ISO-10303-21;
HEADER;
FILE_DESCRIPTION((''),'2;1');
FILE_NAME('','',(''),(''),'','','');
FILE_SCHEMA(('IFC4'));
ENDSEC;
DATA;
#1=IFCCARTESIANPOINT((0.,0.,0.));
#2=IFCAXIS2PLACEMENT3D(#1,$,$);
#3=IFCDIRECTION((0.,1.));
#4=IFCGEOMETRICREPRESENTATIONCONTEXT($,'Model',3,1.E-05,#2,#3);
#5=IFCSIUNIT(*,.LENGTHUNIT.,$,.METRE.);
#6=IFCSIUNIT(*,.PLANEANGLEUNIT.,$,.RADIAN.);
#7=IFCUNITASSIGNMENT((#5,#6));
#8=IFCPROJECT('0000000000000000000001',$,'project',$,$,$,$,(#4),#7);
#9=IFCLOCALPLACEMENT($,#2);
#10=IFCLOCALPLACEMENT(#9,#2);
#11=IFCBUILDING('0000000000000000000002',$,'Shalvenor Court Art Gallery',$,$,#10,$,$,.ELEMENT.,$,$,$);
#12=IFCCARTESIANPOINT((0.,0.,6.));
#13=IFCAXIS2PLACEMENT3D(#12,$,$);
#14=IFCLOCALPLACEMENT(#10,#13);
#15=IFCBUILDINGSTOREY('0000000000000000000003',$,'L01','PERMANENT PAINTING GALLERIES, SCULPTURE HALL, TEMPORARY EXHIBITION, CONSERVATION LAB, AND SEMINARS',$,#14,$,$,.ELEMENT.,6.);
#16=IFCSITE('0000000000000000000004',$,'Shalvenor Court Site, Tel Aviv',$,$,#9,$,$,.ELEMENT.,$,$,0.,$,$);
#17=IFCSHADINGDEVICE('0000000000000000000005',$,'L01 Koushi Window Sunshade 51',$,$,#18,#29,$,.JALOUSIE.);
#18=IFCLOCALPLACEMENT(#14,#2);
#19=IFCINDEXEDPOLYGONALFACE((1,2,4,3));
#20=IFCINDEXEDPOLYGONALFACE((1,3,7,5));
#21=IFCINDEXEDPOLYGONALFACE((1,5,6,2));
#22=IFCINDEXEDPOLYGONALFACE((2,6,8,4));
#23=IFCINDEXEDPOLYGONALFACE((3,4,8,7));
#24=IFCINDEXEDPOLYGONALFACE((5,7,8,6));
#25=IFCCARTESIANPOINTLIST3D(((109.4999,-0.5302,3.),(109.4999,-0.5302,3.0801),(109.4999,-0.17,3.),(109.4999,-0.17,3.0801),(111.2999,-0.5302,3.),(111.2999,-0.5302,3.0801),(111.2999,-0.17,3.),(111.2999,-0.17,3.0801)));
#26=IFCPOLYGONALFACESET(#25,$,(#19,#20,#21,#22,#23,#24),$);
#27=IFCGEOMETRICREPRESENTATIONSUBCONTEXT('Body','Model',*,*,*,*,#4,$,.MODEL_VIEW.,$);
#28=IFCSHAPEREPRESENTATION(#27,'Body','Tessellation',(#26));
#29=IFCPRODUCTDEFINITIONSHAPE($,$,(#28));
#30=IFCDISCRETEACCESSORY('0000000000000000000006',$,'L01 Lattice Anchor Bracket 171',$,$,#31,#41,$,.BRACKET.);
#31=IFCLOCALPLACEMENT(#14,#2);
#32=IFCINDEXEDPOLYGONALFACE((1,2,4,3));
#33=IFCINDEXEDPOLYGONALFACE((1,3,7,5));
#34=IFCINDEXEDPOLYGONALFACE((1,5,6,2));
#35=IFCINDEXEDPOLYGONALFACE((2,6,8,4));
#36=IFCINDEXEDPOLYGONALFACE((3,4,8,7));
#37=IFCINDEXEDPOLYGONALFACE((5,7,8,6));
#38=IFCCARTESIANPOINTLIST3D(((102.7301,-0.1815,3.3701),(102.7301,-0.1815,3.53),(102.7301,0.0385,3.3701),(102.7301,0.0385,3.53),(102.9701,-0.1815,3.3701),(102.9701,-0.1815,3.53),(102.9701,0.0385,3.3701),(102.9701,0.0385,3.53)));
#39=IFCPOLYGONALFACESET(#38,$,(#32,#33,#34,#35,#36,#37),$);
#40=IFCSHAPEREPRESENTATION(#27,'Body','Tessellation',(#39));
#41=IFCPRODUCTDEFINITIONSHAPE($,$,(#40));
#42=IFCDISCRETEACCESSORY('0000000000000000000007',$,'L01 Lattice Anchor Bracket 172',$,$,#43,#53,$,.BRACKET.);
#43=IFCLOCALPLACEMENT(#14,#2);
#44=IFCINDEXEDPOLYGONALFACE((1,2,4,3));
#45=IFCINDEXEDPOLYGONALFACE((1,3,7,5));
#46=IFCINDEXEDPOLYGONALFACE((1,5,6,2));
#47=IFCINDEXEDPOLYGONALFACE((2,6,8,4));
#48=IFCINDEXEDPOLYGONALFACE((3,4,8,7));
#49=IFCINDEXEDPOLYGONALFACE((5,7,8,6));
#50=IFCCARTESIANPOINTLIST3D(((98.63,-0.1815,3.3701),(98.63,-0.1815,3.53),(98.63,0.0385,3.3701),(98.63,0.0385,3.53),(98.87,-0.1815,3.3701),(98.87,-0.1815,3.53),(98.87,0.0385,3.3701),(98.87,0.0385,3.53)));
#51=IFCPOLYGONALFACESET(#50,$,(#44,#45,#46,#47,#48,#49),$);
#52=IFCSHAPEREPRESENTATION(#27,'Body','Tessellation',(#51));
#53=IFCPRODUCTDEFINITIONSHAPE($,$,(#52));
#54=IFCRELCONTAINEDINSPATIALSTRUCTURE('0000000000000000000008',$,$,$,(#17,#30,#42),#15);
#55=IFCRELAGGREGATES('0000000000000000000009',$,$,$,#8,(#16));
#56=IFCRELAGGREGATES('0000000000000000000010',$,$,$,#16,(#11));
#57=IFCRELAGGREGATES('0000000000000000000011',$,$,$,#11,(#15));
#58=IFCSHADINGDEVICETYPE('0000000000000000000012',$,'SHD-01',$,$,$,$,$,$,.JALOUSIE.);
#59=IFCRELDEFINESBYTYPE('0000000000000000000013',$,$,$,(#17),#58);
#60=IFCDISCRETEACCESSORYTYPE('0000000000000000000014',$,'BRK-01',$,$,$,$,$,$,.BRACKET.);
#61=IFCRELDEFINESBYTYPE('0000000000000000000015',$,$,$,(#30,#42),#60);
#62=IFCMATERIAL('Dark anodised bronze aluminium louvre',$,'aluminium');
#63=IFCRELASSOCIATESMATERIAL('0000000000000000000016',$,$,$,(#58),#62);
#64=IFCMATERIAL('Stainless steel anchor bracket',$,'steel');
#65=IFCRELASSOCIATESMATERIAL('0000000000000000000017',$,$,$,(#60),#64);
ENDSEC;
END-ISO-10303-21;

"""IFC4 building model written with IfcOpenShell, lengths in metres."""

from ifc_helpers import new_model, si_unit, direction, frame, origin, origin_2d, place, context, subcontext, project, spatial, rectangle, extrude, material, type_object, element, save


model = new_model("IFC4")

# Units and contexts
model_context = context("Model", 3, precision=1e-05, world=origin(), true_north=direction((0.0, 1.0)))
body_context = subcontext(model_context, "Body", "Model", "MODEL_VIEW")
ifc_project = project(units=[si_unit("LENGTHUNIT", "METRE"), si_unit("PLANEANGLEUNIT", "RADIAN")], contexts=[model_context])

# Site, building, storey
site_placement = place(None, origin())
site = spatial("IfcSite", under=ifc_project, at=site_placement, Name="Shalvenor Court Site, Tel Aviv", CompositionType="ELEMENT", RefElevation=0.0)
building_placement = place(site_placement, origin())
building = spatial("IfcBuilding", under=site, at=building_placement, Name="Shalvenor Court Art Gallery", CompositionType="ELEMENT")
storey_placement = place(building_placement, frame((0.0, 0.0, 6.0)))
storey = spatial("IfcBuildingStorey", under=building, at=storey_placement, Name="L01", Description="PERMANENT PAINTING GALLERIES, SCULPTURE HALL, TEMPORARY EXHIBITION, CONSERVATION LAB, AND SEMINARS", CompositionType="ELEMENT", Elevation=6.0)

# Shading device
ifc_material_1 = material(Name="Dark anodised bronze aluminium louvre", Category="aluminium")
shading_device_type = type_object("IfcShadingDeviceType", Name="SHD-01", PredefinedType="JALOUSIE", material=ifc_material_1)
shading_device_placement = place(storey_placement, frame((110.3999, -0.3501, 3.0), z_axis=(0.0, 0.0, 1.0), x_axis=(-1.0, 0.0, 0.0)))
element("IfcShadingDevice", 1, at=shading_device_placement, inside=storey, type_object=shading_device_type, Name="L01 Koushi Window Sunshade 51", PredefinedType="JALOUSIE", context=body_context, shape_type="SweptSolid", body=[
    extrude(rectangle(XDim=1.8, YDim=0.3601, at=origin_2d()), origin(), (0.0, 0.0, 1.0), 0.0801),
])

# Discrete accessories
ifc_material_2 = material(Name="Stainless steel anchor bracket", Category="steel")
discrete_accessory_type = type_object("IfcDiscreteAccessoryType", Name="BRK-01", PredefinedType="BRACKET", material=ifc_material_2)
for number, where, z_axis, x_axis, name in (
    (2, (102.8501, -0.0715, 3.3701), (0.0, 0.0, 1.0), (-1.0, 0.0, 0.0), "L01 Lattice Anchor Bracket 171"),
    (3, (98.75, -0.0715, 3.3701), (0.0, 0.0, 1.0), (-1.0, 0.0, 0.0), "L01 Lattice Anchor Bracket 172"),
):
    element("IfcDiscreteAccessory", number, at=place(storey_placement, frame(where, z_axis=z_axis, x_axis=x_axis)), inside=storey, type_object=discrete_accessory_type, Name=name, PredefinedType="BRACKET", context=body_context, shape_type="SweptSolid", body=[
        extrude(rectangle(XDim=0.24, YDim=0.22, at=origin_2d()), origin(), (0.0, 0.0, 1.0), 0.1599),
    ])

save(model, "model.ifc")
